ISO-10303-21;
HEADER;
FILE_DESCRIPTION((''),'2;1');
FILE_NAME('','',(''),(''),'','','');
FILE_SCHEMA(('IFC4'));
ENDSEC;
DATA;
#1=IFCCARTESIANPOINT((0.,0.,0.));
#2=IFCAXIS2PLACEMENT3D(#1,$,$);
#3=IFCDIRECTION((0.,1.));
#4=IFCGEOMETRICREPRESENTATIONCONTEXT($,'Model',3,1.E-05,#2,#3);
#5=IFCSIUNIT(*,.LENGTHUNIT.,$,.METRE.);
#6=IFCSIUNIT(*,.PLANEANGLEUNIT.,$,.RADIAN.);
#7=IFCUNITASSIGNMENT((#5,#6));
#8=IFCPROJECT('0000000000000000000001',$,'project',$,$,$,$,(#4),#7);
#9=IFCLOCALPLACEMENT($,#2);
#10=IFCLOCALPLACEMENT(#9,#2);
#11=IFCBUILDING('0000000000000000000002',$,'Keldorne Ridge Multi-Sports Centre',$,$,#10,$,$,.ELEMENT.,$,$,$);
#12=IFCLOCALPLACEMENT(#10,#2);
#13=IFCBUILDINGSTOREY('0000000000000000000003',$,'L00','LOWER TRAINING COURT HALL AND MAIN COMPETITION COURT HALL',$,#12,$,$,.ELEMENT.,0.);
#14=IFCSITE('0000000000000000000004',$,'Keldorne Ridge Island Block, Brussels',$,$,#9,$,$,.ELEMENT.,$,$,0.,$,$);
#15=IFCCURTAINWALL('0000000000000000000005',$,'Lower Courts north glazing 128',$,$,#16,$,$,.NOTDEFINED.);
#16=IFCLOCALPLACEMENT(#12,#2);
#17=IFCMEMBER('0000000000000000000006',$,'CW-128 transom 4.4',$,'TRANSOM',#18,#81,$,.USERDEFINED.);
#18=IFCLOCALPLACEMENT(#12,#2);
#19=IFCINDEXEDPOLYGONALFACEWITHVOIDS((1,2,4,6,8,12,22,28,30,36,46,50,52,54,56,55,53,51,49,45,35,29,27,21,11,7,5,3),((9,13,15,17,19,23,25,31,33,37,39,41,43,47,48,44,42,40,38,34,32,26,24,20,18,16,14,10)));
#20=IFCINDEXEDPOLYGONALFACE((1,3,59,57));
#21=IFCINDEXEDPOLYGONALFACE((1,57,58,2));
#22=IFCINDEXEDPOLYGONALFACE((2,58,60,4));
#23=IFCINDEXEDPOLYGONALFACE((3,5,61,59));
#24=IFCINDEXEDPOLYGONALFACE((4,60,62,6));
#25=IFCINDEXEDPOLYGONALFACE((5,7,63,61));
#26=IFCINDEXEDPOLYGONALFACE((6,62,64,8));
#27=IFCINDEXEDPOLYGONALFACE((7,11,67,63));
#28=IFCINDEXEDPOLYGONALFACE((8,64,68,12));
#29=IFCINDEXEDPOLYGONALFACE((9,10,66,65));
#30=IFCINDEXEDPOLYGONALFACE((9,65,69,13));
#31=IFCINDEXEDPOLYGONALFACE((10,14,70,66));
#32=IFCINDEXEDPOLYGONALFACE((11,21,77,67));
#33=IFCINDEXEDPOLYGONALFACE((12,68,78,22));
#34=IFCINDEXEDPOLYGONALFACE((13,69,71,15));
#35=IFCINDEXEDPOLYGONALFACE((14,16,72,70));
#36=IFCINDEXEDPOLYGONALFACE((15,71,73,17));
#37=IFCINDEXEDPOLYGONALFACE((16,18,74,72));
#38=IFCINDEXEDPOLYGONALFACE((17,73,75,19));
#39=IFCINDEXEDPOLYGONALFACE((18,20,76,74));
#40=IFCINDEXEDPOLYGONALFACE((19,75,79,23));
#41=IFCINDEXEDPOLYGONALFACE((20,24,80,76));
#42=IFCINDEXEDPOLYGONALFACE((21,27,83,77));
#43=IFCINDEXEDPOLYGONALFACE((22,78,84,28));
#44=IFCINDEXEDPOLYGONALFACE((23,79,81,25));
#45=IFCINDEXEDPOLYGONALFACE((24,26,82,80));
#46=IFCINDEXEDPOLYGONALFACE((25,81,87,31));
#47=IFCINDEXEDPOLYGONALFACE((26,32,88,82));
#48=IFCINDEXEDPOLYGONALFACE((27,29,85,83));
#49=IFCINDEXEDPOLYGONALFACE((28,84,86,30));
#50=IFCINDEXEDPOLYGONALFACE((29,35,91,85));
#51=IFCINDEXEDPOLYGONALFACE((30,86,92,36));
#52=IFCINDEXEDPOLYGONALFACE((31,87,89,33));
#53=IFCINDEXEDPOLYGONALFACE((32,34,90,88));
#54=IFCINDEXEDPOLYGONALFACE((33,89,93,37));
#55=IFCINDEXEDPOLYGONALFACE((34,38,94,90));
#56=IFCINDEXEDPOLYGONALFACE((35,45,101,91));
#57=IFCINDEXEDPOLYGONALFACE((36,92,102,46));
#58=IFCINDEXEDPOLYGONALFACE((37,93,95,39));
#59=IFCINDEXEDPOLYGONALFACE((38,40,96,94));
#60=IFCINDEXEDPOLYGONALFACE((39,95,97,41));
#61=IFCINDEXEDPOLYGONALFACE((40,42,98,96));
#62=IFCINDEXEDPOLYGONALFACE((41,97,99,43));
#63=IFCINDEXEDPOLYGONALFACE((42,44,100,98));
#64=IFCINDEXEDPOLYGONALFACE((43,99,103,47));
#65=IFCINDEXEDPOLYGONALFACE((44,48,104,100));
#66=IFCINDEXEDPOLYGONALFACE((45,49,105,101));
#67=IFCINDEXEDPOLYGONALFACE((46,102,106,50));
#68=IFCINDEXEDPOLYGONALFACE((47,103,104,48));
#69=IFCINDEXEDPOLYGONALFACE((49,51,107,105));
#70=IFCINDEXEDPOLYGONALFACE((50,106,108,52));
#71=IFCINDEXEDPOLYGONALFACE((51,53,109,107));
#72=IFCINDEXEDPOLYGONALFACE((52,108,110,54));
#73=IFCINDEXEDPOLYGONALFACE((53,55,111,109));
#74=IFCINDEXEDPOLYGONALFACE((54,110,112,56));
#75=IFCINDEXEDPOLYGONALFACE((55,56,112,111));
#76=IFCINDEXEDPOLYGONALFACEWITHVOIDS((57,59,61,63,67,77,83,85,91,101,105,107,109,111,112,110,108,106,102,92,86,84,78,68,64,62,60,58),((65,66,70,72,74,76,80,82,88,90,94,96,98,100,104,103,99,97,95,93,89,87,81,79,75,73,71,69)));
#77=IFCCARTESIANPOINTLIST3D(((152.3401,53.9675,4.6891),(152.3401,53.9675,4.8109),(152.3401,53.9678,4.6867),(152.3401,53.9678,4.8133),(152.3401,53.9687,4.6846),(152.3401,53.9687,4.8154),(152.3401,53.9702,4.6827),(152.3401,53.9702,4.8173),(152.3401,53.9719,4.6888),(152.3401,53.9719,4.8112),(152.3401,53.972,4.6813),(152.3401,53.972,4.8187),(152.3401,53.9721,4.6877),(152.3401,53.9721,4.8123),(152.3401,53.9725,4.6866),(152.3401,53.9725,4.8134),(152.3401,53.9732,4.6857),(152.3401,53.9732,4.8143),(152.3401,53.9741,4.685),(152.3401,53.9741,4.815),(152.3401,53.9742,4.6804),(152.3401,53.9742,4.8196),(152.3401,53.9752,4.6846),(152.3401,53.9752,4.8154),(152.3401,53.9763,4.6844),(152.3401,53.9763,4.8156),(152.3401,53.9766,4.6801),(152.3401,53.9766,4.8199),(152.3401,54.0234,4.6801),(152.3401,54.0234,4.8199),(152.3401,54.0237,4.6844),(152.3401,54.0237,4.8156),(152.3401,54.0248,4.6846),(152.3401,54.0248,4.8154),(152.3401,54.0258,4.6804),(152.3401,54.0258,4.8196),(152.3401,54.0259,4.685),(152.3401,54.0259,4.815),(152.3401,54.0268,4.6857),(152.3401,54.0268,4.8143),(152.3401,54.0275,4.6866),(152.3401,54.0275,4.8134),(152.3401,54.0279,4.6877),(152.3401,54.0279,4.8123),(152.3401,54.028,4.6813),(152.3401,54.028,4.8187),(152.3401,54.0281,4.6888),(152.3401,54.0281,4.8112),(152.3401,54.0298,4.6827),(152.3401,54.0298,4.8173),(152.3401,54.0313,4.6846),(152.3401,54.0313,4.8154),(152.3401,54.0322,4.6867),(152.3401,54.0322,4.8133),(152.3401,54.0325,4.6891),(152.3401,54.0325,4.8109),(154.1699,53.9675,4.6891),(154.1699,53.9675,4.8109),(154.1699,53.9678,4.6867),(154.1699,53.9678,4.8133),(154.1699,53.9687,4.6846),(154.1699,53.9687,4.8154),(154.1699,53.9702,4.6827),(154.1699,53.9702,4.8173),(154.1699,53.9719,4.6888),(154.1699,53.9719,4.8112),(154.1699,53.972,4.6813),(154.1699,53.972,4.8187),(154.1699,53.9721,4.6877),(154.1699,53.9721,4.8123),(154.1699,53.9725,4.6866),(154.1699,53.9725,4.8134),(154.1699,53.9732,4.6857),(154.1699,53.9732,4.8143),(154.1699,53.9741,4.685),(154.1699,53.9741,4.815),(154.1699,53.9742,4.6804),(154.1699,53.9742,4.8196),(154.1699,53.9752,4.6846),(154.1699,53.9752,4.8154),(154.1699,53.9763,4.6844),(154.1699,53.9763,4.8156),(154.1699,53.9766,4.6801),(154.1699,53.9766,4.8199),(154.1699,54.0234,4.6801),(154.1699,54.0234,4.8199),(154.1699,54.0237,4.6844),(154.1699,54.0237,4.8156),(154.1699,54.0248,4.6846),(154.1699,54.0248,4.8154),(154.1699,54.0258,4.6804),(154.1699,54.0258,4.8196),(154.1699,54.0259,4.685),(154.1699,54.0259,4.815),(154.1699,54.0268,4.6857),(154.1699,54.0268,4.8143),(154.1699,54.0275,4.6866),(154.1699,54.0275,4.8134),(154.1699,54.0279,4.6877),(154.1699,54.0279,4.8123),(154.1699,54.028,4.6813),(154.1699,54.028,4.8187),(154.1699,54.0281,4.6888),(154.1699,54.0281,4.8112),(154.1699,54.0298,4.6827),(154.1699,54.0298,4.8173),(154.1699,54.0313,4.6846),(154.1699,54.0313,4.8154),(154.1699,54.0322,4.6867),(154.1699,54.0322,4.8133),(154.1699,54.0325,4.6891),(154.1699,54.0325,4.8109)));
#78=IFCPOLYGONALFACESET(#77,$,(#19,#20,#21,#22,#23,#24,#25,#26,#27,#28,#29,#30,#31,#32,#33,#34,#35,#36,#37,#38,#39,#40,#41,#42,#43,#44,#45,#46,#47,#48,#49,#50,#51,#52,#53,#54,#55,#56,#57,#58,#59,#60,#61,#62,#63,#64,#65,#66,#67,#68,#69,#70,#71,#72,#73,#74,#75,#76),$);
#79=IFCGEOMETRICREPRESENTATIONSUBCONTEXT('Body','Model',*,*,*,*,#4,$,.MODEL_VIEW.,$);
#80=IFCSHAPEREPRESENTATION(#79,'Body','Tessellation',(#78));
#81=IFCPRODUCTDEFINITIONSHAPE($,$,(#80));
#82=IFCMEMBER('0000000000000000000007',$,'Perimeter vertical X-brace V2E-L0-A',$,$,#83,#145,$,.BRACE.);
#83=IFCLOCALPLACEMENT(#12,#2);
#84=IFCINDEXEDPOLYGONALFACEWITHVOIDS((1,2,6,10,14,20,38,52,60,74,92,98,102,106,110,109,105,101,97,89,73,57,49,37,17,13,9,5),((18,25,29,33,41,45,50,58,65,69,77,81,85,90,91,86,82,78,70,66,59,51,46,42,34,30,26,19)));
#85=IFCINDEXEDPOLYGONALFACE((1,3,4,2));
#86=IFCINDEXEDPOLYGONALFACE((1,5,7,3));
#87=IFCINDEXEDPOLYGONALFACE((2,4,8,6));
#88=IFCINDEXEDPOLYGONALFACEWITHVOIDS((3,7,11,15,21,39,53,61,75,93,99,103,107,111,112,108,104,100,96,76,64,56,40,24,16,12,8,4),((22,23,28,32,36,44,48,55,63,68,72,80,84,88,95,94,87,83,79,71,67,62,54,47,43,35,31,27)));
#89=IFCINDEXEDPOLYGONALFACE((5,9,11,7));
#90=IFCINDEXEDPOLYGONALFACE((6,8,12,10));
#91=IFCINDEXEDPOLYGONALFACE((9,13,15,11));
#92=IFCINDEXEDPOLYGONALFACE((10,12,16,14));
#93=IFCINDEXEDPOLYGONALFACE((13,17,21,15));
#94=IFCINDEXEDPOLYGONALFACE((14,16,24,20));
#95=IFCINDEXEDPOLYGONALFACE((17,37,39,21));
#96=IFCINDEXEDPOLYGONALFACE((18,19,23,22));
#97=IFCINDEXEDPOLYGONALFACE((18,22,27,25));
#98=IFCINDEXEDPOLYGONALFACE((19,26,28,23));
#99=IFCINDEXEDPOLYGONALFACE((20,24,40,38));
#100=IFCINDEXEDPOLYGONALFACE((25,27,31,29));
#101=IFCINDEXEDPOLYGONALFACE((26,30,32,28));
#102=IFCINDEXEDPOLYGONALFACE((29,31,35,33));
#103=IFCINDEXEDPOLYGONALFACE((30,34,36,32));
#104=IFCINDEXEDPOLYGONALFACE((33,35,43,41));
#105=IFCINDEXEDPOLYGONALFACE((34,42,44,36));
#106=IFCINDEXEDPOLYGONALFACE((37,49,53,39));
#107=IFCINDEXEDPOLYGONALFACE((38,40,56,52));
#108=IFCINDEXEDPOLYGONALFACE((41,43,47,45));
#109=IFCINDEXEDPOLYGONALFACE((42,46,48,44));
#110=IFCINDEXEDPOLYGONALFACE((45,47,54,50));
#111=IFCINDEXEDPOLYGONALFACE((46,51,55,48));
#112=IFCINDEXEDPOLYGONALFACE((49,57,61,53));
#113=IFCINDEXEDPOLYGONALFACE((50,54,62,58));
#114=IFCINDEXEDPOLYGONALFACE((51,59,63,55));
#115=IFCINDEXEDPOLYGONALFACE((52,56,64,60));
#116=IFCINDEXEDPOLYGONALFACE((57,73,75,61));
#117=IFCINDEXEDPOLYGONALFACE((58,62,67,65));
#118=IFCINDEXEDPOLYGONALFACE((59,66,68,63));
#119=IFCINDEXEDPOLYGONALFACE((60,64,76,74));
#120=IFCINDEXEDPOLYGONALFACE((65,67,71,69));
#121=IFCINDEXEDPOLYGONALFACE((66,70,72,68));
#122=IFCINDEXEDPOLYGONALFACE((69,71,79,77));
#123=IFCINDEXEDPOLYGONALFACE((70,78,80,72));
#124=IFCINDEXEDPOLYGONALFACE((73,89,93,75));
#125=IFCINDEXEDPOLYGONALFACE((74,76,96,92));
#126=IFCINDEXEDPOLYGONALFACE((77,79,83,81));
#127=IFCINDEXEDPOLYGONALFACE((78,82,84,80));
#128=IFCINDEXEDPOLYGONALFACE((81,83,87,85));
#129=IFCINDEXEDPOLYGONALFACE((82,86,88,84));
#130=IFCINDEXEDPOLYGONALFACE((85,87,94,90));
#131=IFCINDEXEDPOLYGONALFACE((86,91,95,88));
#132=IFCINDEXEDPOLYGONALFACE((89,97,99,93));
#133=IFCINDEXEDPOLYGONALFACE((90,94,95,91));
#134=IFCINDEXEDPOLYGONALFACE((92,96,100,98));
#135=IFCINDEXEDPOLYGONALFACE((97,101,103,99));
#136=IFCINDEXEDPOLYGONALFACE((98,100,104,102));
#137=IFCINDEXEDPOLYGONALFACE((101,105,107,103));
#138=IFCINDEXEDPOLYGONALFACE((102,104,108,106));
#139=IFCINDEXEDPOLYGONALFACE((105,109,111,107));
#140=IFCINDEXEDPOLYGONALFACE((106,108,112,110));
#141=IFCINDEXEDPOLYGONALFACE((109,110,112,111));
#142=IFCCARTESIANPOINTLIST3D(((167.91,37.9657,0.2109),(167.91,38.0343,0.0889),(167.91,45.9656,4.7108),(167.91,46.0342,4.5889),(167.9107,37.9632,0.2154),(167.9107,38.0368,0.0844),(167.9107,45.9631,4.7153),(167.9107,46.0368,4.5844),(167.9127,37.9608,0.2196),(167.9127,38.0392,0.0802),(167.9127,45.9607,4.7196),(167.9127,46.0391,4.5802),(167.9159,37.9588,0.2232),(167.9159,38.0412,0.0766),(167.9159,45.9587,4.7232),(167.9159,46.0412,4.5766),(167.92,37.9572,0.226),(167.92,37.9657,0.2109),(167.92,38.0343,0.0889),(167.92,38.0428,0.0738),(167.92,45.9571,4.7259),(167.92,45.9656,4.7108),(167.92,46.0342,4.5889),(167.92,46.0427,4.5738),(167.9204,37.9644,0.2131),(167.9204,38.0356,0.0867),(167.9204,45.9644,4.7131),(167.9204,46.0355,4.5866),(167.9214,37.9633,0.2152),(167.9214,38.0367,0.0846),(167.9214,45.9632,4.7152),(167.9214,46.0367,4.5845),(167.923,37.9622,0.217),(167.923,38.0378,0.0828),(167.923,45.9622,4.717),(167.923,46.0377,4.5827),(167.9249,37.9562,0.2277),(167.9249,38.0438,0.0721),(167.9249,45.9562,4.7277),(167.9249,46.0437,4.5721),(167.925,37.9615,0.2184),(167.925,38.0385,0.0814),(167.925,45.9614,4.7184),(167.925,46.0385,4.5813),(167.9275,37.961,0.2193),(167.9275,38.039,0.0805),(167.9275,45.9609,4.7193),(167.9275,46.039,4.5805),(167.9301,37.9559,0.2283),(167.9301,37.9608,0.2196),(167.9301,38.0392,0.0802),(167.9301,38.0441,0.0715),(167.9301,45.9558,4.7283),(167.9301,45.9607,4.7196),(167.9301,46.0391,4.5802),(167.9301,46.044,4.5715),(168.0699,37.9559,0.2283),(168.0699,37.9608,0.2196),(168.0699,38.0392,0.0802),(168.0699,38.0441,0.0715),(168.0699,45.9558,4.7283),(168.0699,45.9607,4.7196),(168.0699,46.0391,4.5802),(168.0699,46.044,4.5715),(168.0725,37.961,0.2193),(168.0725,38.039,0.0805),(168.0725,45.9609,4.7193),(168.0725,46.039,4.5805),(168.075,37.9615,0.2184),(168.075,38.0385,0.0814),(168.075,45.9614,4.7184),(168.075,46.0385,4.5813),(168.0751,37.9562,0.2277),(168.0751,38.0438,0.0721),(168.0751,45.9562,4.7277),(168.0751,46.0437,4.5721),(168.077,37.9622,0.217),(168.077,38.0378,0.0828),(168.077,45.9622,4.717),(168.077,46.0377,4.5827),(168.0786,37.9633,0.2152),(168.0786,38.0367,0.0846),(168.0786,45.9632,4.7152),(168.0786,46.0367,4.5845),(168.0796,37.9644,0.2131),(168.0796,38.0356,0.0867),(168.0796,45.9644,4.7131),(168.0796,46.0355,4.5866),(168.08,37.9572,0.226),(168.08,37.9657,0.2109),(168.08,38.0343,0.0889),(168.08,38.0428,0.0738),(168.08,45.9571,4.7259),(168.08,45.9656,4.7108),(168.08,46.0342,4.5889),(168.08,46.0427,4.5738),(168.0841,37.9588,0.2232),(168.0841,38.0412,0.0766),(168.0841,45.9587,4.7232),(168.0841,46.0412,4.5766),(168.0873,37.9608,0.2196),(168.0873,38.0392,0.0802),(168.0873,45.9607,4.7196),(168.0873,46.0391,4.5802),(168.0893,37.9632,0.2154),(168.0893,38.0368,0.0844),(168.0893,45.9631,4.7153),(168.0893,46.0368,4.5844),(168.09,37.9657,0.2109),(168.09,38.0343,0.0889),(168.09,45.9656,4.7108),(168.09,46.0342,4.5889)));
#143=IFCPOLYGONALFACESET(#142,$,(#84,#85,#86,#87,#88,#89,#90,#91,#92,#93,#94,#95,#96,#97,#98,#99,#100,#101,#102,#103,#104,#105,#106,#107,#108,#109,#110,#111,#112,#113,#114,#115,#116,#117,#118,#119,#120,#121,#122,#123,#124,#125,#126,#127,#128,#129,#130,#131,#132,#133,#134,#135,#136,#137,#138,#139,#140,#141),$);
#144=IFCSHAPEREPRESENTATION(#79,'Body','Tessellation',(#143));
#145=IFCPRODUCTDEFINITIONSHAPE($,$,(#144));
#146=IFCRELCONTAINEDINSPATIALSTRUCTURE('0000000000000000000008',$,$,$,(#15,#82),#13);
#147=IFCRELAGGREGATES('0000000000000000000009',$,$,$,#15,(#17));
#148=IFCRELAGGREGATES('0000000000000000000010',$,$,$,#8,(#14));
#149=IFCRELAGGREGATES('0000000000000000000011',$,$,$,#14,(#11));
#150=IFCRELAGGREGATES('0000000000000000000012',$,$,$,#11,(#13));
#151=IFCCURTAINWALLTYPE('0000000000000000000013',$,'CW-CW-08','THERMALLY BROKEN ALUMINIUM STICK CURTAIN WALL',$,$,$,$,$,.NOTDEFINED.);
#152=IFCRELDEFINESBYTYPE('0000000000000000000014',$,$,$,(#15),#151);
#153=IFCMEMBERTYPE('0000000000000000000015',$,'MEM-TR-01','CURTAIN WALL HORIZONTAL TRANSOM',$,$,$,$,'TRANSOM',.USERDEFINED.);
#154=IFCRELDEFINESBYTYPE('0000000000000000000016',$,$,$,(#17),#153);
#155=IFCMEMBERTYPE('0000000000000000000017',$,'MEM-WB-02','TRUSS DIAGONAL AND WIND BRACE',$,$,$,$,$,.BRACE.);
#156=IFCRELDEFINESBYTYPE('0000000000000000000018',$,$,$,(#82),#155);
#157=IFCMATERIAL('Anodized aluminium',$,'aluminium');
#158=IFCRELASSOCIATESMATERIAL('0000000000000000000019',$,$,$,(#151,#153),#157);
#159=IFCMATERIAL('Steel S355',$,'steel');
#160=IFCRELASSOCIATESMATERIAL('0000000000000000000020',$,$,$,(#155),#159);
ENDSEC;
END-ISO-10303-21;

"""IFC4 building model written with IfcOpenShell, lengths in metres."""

from ifc_helpers import new_model, si_unit, direction, frame, origin, origin_2d, place, context, subcontext, project, spatial, hollow_rectangle, extrude, material, material_profile, profile_set, type_object, element, aggregate, save


model = new_model("IFC4")

# Units and contexts
model_context = context("Model", 3, precision=1e-05, world=origin(), true_north=direction((0.0, 1.0)))
body_context = subcontext(model_context, "Body", "Model", "MODEL_VIEW")
ifc_project = project(units=[si_unit("LENGTHUNIT", "METRE"), si_unit("PLANEANGLEUNIT", "RADIAN")], contexts=[model_context])

# Site, building, storey
site_placement = place(None, origin())
site = spatial("IfcSite", under=ifc_project, at=site_placement, Name="Keldorne Ridge Island Block, Brussels", CompositionType="ELEMENT", RefElevation=0.0)
building_placement = place(site_placement, origin())
building = spatial("IfcBuilding", under=site, at=building_placement, Name="Keldorne Ridge Multi-Sports Centre", CompositionType="ELEMENT")
storey_placement = place(building_placement, origin())
storey = spatial("IfcBuildingStorey", under=building, at=storey_placement, Name="L00", Description="LOWER TRAINING COURT HALL AND MAIN COMPETITION COURT HALL", CompositionType="ELEMENT", Elevation=0.0)

# Shared definitions
ifc_material_1 = material(Name="Steel S355", Category="steel")

# Curtain wall, member
ifc_material_2 = material(Name="Anodized aluminium", Category="aluminium")
curtain_wall_type = type_object("IfcCurtainWallType", Name="CW-CW-08", Description="THERMALLY BROKEN ALUMINIUM STICK CURTAIN WALL", PredefinedType="NOTDEFINED", material=ifc_material_2)
curtain_wall_placement = place(storey_placement, origin())
curtain_wall = element("IfcCurtainWall", 1, at=curtain_wall_placement, inside=storey, type_object=curtain_wall_type, Name="Lower Courts north glazing 128", PredefinedType="NOTDEFINED")
ifc_material_profile_1 = material_profile(ifc_material_2, hollow_rectangle(XDim=0.0649, YDim=0.1399, WallThickness=0.0044, InnerFilletRadius=0.0044, OuterFilletRadius=0.009, at=origin_2d()), Name="ALU TRANSOM 140x65x4.5")
ifc_profile_set_1 = profile_set([ifc_material_profile_1], Name="Anodized aluminium")
member_type_1 = type_object("IfcMemberType", Name="MEM-TR-01", Description="CURTAIN WALL HORIZONTAL TRANSOM", ElementType="TRANSOM", PredefinedType="USERDEFINED", material=ifc_profile_set_1)
member_1_placement = place(storey_placement, frame((154.1699, 54.0, 4.75), z_axis=(-1.0, 0.0, 0.0), x_axis=(0.0, -1.0, 0.0)))
member_1 = element("IfcMember", 2, at=member_1_placement, type_object=member_type_1, Name="CW-128 transom 4.4", ObjectType="TRANSOM", PredefinedType="USERDEFINED", context=body_context, shape_type="SweptSolid", body=[
    extrude(hollow_rectangle(XDim=0.0649, YDim=0.1399, WallThickness=0.0044, InnerFilletRadius=0.0044, OuterFilletRadius=0.009, at=origin_2d()), origin(), (0.0, 0.0, 1.0), 1.8298),
])

# Member
ifc_material_profile_2 = material_profile(ifc_material_1, hollow_rectangle(XDim=0.1799, YDim=0.1799, WallThickness=0.01, InnerFilletRadius=0.01, OuterFilletRadius=0.02, at=origin_2d()), Name="SHS 180x180x10")
ifc_profile_set_2 = profile_set([ifc_material_profile_2], Name="Steel S355")
member_type_2 = type_object("IfcMemberType", Name="MEM-WB-02", Description="TRUSS DIAGONAL AND WIND BRACE", PredefinedType="BRACE", material=ifc_profile_set_2)
for number, where, z_axis, x_axis, name in (
    (3, (168.0, 38.0, 0.1499), (0.0, 0.871576, 0.490261), (-1.0, 0.0, 0.0), "Perimeter vertical X-brace V2E-L0-A"),
):
    element("IfcMember", number, at=place(storey_placement, frame(where, z_axis=z_axis, x_axis=x_axis)), inside=storey, type_object=member_type_2, Name=name, PredefinedType="BRACE", context=body_context, shape_type="SweptSolid", body=[
        extrude(hollow_rectangle(XDim=0.1799, YDim=0.1799, WallThickness=0.01, InnerFilletRadius=0.01, OuterFilletRadius=0.02, at=origin_2d()), origin(), (0.0, 0.0, 1.0), 9.1787),
    ])

aggregate(curtain_wall, [member_1])

save(model, "model.ifc")
